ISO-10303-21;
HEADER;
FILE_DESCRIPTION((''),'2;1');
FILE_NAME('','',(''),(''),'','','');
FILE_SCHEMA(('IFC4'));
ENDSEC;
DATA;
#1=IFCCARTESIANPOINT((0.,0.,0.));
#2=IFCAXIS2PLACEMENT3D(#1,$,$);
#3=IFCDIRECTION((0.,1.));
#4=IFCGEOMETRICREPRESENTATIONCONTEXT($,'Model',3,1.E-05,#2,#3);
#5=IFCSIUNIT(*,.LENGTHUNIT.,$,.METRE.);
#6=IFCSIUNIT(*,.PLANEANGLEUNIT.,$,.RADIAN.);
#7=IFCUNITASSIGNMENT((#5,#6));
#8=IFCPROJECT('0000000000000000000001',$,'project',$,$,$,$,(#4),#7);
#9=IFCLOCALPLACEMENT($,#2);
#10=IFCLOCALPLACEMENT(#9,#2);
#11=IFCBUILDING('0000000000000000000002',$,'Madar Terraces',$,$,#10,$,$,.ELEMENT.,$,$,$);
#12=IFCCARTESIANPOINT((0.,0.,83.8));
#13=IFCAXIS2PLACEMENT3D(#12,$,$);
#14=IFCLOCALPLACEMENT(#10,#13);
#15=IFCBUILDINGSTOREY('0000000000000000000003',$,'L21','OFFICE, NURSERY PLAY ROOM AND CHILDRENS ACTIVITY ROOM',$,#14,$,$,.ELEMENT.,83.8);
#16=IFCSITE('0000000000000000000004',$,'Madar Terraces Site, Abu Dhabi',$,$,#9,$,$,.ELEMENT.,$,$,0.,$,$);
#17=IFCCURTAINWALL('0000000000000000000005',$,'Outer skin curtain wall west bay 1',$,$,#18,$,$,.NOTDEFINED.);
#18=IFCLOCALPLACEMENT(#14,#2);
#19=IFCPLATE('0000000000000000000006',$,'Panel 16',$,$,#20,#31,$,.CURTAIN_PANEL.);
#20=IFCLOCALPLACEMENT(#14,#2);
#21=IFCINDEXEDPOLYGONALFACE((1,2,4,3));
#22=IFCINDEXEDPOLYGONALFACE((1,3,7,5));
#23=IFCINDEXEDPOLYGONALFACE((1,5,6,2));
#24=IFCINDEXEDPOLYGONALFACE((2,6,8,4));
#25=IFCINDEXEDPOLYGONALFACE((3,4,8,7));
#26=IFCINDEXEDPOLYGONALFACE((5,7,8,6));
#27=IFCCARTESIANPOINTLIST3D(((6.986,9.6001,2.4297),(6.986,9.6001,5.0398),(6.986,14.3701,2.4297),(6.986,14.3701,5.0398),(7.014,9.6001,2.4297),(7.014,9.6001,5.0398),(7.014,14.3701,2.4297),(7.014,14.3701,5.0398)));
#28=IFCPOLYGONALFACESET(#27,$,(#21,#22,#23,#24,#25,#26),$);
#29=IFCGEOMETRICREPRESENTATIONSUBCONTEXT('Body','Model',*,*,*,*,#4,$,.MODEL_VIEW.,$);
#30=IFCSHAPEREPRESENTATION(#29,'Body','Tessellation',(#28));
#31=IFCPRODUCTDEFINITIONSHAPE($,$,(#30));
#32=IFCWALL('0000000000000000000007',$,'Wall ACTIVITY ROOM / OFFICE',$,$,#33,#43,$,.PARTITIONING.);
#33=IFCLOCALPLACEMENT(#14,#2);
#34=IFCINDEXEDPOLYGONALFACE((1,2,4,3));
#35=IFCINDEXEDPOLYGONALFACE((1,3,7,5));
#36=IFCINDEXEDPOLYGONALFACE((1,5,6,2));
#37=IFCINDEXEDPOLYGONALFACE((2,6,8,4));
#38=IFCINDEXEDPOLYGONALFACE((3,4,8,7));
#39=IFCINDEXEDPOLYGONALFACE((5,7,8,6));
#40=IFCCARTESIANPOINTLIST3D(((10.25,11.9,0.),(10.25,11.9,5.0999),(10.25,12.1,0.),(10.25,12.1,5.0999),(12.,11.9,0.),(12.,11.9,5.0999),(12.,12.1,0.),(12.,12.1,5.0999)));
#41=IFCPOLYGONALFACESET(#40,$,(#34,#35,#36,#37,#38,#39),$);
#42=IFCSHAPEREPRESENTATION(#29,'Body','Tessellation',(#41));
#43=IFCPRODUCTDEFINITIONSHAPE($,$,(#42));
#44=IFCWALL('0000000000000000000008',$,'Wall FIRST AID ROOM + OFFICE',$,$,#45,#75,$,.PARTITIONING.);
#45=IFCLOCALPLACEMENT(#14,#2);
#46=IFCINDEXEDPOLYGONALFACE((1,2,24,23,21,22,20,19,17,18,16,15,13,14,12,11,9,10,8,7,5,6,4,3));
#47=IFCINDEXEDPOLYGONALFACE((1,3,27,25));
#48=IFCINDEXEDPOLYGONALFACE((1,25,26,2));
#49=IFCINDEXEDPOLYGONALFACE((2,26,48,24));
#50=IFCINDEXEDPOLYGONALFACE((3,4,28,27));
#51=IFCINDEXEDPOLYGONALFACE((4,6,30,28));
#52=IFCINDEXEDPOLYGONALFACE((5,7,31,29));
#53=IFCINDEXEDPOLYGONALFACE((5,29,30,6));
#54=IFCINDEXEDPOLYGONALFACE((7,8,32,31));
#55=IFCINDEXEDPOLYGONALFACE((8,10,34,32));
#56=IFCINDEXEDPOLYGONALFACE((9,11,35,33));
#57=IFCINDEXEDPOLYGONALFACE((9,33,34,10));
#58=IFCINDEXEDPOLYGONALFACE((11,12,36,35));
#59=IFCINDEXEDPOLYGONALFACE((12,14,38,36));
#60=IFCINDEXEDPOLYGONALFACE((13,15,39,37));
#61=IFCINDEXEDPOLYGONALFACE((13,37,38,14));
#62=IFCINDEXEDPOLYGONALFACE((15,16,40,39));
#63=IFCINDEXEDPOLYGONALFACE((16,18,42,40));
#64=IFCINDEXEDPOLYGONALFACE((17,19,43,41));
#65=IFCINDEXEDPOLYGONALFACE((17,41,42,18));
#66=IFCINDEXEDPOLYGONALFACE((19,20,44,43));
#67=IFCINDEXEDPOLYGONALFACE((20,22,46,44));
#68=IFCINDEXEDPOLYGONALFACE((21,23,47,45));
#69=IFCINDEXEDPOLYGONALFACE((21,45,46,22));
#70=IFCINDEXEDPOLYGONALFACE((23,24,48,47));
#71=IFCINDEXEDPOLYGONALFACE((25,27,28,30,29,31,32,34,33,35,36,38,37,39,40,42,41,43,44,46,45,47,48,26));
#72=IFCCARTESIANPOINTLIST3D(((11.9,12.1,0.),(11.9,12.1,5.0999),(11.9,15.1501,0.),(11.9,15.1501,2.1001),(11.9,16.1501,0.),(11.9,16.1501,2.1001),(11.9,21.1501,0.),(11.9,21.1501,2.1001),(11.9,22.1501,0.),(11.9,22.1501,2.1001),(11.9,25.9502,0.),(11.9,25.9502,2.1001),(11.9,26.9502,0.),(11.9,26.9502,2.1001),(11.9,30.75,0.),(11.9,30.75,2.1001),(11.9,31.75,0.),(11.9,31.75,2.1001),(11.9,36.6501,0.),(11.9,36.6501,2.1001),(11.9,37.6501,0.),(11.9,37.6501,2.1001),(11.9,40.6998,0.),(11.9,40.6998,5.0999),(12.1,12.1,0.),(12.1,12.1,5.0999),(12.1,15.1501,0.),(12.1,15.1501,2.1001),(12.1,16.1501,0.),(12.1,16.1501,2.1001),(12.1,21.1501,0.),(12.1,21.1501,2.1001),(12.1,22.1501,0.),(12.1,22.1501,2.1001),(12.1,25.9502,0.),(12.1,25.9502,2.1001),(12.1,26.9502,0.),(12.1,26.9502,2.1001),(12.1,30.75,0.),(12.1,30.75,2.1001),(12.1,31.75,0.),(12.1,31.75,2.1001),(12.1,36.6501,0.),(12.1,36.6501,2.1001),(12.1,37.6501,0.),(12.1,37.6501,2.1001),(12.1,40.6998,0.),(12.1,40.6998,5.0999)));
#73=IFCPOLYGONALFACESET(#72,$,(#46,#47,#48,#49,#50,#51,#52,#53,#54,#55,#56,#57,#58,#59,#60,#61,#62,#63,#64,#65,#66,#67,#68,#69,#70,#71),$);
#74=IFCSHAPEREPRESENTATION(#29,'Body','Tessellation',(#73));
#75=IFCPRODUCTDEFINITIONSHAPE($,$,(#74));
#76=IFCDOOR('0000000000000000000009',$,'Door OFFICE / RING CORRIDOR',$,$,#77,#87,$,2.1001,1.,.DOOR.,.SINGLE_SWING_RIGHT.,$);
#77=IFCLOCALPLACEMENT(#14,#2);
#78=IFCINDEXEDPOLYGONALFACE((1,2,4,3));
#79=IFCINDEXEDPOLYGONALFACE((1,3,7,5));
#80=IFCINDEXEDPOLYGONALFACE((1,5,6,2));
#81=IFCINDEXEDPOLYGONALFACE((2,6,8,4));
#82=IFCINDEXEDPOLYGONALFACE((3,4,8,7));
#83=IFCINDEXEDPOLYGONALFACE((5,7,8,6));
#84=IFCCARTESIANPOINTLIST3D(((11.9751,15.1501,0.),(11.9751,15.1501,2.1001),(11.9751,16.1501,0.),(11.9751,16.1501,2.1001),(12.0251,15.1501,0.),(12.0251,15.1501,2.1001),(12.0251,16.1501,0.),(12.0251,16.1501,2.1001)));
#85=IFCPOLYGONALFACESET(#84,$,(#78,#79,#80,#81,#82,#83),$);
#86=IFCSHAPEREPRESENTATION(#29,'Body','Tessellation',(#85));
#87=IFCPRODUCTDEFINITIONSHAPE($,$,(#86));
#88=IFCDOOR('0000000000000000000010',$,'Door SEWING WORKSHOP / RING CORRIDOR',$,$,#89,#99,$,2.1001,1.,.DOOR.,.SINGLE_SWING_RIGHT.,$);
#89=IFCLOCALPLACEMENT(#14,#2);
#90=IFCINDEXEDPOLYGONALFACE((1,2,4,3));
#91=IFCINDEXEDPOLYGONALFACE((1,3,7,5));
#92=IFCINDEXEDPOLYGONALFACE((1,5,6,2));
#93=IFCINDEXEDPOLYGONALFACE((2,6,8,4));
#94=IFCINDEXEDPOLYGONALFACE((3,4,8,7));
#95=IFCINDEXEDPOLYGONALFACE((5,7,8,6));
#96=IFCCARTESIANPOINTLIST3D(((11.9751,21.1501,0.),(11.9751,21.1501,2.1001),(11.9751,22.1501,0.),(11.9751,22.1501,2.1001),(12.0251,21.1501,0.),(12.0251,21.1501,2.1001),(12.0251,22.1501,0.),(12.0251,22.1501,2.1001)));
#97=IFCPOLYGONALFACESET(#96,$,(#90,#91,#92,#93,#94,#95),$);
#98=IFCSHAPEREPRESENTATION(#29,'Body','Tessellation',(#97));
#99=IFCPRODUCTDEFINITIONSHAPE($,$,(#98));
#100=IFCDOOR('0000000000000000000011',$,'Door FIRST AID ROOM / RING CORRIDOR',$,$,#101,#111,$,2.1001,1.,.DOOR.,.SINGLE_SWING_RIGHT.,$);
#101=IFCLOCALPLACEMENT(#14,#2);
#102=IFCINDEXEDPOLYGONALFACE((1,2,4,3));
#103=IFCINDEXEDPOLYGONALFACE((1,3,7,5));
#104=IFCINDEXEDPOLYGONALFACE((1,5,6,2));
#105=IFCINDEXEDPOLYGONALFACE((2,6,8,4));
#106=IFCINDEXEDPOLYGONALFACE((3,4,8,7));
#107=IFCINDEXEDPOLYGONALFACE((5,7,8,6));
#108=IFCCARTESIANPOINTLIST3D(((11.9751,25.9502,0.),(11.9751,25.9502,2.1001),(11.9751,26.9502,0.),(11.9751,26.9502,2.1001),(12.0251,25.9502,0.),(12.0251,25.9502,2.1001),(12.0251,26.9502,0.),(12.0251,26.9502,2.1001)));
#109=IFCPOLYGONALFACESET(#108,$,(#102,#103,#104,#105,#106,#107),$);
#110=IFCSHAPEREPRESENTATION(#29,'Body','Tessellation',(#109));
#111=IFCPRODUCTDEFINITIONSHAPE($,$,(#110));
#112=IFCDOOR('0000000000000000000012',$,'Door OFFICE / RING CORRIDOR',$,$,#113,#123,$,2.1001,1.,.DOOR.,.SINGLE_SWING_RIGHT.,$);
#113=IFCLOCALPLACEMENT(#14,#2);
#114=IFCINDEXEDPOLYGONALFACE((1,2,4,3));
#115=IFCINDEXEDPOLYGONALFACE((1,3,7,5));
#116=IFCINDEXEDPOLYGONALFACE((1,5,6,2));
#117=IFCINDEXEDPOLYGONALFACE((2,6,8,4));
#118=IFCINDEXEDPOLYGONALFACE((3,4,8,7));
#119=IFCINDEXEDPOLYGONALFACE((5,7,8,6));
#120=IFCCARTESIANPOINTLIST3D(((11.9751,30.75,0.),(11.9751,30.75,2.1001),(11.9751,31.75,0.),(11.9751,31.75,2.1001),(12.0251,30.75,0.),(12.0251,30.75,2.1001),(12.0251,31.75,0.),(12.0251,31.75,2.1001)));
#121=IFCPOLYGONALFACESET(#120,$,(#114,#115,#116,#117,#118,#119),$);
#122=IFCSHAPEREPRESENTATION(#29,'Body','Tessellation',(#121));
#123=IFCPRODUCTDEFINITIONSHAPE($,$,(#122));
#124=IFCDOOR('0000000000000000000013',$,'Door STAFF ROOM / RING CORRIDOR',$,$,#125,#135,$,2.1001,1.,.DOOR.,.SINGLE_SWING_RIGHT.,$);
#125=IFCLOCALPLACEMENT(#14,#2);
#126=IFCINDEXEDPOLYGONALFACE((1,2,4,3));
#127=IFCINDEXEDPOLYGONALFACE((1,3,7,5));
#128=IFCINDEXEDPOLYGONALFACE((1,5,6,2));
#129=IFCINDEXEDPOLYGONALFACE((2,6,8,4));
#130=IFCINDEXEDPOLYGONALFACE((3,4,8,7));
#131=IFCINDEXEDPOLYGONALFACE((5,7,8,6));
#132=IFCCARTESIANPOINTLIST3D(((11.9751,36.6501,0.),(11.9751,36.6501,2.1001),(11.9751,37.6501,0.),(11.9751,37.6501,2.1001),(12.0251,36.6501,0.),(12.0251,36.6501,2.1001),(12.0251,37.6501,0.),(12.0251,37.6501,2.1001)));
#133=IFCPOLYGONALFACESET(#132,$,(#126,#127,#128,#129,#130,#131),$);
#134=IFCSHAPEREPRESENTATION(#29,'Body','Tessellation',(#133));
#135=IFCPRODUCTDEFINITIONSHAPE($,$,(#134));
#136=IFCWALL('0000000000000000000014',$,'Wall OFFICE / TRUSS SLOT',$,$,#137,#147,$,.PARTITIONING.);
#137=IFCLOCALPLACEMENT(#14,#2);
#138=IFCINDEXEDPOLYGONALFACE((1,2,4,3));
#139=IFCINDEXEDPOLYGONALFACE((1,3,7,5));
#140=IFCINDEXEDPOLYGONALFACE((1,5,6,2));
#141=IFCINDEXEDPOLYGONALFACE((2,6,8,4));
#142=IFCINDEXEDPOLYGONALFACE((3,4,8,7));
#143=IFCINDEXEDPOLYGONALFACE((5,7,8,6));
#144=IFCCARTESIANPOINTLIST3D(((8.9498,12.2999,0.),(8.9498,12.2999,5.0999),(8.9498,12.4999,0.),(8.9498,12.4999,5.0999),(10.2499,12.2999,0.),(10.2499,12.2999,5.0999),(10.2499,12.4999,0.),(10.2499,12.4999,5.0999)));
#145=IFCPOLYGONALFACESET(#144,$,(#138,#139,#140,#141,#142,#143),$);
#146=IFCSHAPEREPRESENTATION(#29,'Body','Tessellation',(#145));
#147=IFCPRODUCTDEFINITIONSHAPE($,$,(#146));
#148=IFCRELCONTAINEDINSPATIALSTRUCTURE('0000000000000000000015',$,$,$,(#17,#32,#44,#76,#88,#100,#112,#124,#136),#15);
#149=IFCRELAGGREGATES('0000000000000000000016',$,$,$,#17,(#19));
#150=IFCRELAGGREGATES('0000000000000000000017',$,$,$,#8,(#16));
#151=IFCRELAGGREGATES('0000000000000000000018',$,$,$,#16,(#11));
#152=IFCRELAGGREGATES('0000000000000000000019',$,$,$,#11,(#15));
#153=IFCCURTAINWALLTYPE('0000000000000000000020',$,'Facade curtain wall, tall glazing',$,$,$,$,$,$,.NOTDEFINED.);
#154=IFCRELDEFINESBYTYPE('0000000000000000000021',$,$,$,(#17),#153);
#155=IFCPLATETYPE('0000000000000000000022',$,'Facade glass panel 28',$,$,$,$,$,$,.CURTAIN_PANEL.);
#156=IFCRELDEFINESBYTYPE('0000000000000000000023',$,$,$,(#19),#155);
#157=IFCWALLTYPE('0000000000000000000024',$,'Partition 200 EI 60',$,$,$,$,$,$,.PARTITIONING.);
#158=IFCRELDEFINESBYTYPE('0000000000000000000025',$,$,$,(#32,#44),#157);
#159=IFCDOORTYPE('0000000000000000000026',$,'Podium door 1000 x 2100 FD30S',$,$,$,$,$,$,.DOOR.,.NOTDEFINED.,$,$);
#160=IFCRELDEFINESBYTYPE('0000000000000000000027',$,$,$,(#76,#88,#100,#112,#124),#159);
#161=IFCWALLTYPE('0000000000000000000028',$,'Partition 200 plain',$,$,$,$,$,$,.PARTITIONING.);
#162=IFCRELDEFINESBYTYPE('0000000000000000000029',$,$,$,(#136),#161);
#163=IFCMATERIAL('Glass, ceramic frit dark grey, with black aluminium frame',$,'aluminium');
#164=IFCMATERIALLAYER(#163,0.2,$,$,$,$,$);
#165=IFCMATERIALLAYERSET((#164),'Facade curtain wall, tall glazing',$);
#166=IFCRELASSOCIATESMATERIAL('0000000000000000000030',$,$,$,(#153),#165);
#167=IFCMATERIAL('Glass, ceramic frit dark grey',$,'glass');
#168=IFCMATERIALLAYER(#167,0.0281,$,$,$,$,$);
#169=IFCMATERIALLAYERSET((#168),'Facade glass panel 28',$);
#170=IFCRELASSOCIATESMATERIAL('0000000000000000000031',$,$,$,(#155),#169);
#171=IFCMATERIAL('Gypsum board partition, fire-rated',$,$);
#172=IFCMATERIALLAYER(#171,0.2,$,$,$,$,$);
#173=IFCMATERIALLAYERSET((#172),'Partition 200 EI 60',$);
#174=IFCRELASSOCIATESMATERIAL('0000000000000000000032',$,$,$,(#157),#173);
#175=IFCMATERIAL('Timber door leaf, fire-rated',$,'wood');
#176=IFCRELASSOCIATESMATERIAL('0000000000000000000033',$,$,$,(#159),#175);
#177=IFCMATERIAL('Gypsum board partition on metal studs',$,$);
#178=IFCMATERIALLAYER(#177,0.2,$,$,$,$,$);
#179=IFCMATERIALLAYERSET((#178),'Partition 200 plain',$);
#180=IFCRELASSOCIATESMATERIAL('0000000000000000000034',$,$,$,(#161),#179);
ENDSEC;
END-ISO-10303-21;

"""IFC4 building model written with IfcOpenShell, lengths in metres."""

from ifc_helpers import new_model, si_unit, direction, frame, frame_2d, origin, origin_2d, place, context, subcontext, project, spatial, rectangle, extrude, material, layer, layer_set, type_object, element, fill, aggregate, save


model = new_model("IFC4")

# Units and contexts
model_context = context("Model", 3, precision=1e-05, world=origin(), true_north=direction((0.0, 1.0)))
body_context = subcontext(model_context, "Body", "Model", "MODEL_VIEW")
ifc_project = project(units=[si_unit("LENGTHUNIT", "METRE"), si_unit("PLANEANGLEUNIT", "RADIAN")], contexts=[model_context])

# Site, building, storey
site_placement = place(None, origin())
site = spatial("IfcSite", under=ifc_project, at=site_placement, Name="Madar Terraces Site, Abu Dhabi", CompositionType="ELEMENT", RefElevation=0.0)
building_placement = place(site_placement, origin())
building = spatial("IfcBuilding", under=site, at=building_placement, Name="Madar Terraces", CompositionType="ELEMENT")
storey_placement = place(building_placement, frame((0.0, 0.0, 83.8)))
storey = spatial("IfcBuildingStorey", under=building, at=storey_placement, Name="L21", Description="OFFICE, NURSERY PLAY ROOM AND CHILDRENS ACTIVITY ROOM", CompositionType="ELEMENT", Elevation=83.8)

# Curtain wall
ifc_material_1 = material(Name="Glass, ceramic frit dark grey, with black aluminium frame", Category="aluminium")
ifc_layer_1 = layer(ifc_material_1, 0.2)
ifc_layer_set_1 = layer_set([ifc_layer_1], Name="Facade curtain wall, tall glazing")
curtain_wall_type = type_object("IfcCurtainWallType", Name="Facade curtain wall, tall glazing", PredefinedType="NOTDEFINED", material=ifc_layer_set_1)
curtain_wall_1_placement = place(storey_placement, origin())
curtain_wall_1 = element("IfcCurtainWall", 1, at=curtain_wall_1_placement, inside=storey, type_object=curtain_wall_type, Name="Outer skin curtain wall west bay 1", PredefinedType="NOTDEFINED")

# Plate
ifc_material_2 = material(Name="Glass, ceramic frit dark grey", Category="glass")
ifc_layer_2 = layer(ifc_material_2, 0.0281)
ifc_layer_set_2 = layer_set([ifc_layer_2], Name="Facade glass panel 28")
plate_type = type_object("IfcPlateType", Name="Facade glass panel 28", PredefinedType="CURTAIN_PANEL", material=ifc_layer_set_2)
plate_1_placement = place(storey_placement, frame((7.0, 11.9851, 2.4297), z_axis=(0.0, 0.0, 1.0), x_axis=(0.0, -1.0, 0.0)))
plate_1 = element("IfcPlate", 2, at=plate_1_placement, type_object=plate_type, Name="Panel 16", PredefinedType="CURTAIN_PANEL", context=body_context, shape_type="SweptSolid", body=[
    extrude(rectangle(XDim=4.77, YDim=0.0281, at=origin_2d()), origin(), (0.0, 0.0, 1.0), 2.6101),
])
aggregate(curtain_wall_1, [plate_1])

# Wall
ifc_material_3 = material(Name="Gypsum board partition, fire-rated")
ifc_layer_3 = layer(ifc_material_3, 0.2)
ifc_layer_set_3 = layer_set([ifc_layer_3], Name="Partition 200 EI 60")
wall_type_1 = type_object("IfcWallType", Name="Partition 200 EI 60", PredefinedType="PARTITIONING", material=ifc_layer_set_3)
wall_1_placement = place(storey_placement, frame((10.25, 12.0, 0.0), z_axis=(0.0, 0.0, 1.0), x_axis=(1.0, 0.0, 0.0)))
element("IfcWall", 3, at=wall_1_placement, inside=storey, type_object=wall_type_1, Name="Wall ACTIVITY ROOM / OFFICE", PredefinedType="PARTITIONING", context=body_context, shape_type="SweptSolid", body=[
    extrude(rectangle(XDim=1.75, YDim=0.2, at=frame_2d((0.875, 0.0))), origin(), (0.0, 0.0, 1.0), 5.0999),
])

# Wall, openings, doors
wall_2_placement = place(storey_placement, frame((12.0, 12.1001, 0.0), z_axis=(0.0, 0.0, 1.0), x_axis=(0.0, 1.0, 0.0)))
wall_2 = element("IfcWall", 4, at=wall_2_placement, inside=storey, type_object=wall_type_1, Name="Wall FIRST AID ROOM + OFFICE", PredefinedType="PARTITIONING", context=body_context, shape_type="SweptSolid", body=[
    extrude(rectangle(XDim=28.5999, YDim=0.2, at=frame_2d((14.2998, 0.0))), origin(), (0.0, 0.0, 1.0), 5.0999),
])
opening_1_placement = place(wall_2_placement, frame((3.05, 0.0, 0.0)))
opening_1 = element("IfcOpeningElement", 5, at=opening_1_placement, cuts=wall_2, PredefinedType="OPENING", context=body_context, shape_type="SweptSolid", body=[
    extrude(rectangle(XDim=1.0, YDim=2.1001, at=frame_2d((0.5, 1.05))), frame((0.0, 0.1099, 0.0), z_axis=(0.0, -1.0, 0.0), x_axis=(1.0, 0.0, 0.0)), (0.0, 0.0, 1.0), 0.22),
])
opening_2_placement = place(wall_2_placement, frame((9.05, 0.0, 0.0)))
opening_2 = element("IfcOpeningElement", 6, at=opening_2_placement, cuts=wall_2, PredefinedType="OPENING", context=body_context, shape_type="SweptSolid", body=[
    extrude(rectangle(XDim=1.0, YDim=2.1001, at=frame_2d((0.5, 1.05))), frame((0.0, 0.1099, 0.0), z_axis=(0.0, -1.0, 0.0), x_axis=(1.0, 0.0, 0.0)), (0.0, 0.0, 1.0), 0.22),
])
opening_3_placement = place(wall_2_placement, frame((13.8501, 0.0, 0.0)))
opening_3 = element("IfcOpeningElement", 7, at=opening_3_placement, cuts=wall_2, PredefinedType="OPENING", context=body_context, shape_type="SweptSolid", body=[
    extrude(rectangle(XDim=1.0, YDim=2.1001, at=frame_2d((0.5, 1.05))), frame((0.0, 0.1099, 0.0), z_axis=(0.0, -1.0, 0.0), x_axis=(1.0, 0.0, 0.0)), (0.0, 0.0, 1.0), 0.22),
])
opening_4_placement = place(wall_2_placement, frame((18.6499, 0.0, 0.0)))
opening_4 = element("IfcOpeningElement", 8, at=opening_4_placement, cuts=wall_2, PredefinedType="OPENING", context=body_context, shape_type="SweptSolid", body=[
    extrude(rectangle(XDim=1.0, YDim=2.1001, at=frame_2d((0.5, 1.05))), frame((0.0, 0.1099, 0.0), z_axis=(0.0, -1.0, 0.0), x_axis=(1.0, 0.0, 0.0)), (0.0, 0.0, 1.0), 0.22),
])
opening_5_placement = place(wall_2_placement, frame((24.55, 0.0, 0.0)))
opening_5 = element("IfcOpeningElement", 9, at=opening_5_placement, cuts=wall_2, PredefinedType="OPENING", context=body_context, shape_type="SweptSolid", body=[
    extrude(rectangle(XDim=1.0, YDim=2.1001, at=frame_2d((0.5, 1.05))), frame((0.0, 0.1099, 0.0), z_axis=(0.0, -1.0, 0.0), x_axis=(1.0, 0.0, 0.0)), (0.0, 0.0, 1.0), 0.22),
])
ifc_material_4 = material(Name="Timber door leaf, fire-rated", Category="wood")
door_type = type_object("IfcDoorType", Name="Podium door 1000 x 2100 FD30S", OperationType="NOTDEFINED", PredefinedType="DOOR", material=ifc_material_4)
door_1_placement = place(opening_1_placement, origin())
door_1 = element("IfcDoor", 10, at=door_1_placement, inside=storey, type_object=door_type, Name="Door OFFICE / RING CORRIDOR", OperationType="SINGLE_SWING_RIGHT", OverallHeight=2.1001, OverallWidth=1.0, PredefinedType="DOOR", context=body_context, shape_type="SweptSolid", body=[
    extrude(rectangle(XDim=1.0, YDim=2.1001, at=frame_2d((0.5, 1.05))), frame((0.0, 0.0249, 0.0), z_axis=(0.0, -1.0, 0.0), x_axis=(1.0, 0.0, 0.0)), (0.0, 0.0, 1.0), 0.05),
])
fill(opening_1, door_1)
door_2_placement = place(opening_2_placement, origin())
door_2 = element("IfcDoor", 11, at=door_2_placement, inside=storey, type_object=door_type, Name="Door SEWING WORKSHOP / RING CORRIDOR", OperationType="SINGLE_SWING_RIGHT", OverallHeight=2.1001, OverallWidth=1.0, PredefinedType="DOOR", context=body_context, shape_type="SweptSolid", body=[
    extrude(rectangle(XDim=1.0, YDim=2.1001, at=frame_2d((0.5, 1.05))), frame((0.0, 0.0249, 0.0), z_axis=(0.0, -1.0, 0.0), x_axis=(1.0, 0.0, 0.0)), (0.0, 0.0, 1.0), 0.05),
])
fill(opening_2, door_2)
door_3_placement = place(opening_3_placement, origin())
door_3 = element("IfcDoor", 12, at=door_3_placement, inside=storey, type_object=door_type, Name="Door FIRST AID ROOM / RING CORRIDOR", OperationType="SINGLE_SWING_RIGHT", OverallHeight=2.1001, OverallWidth=1.0, PredefinedType="DOOR", context=body_context, shape_type="SweptSolid", body=[
    extrude(rectangle(XDim=1.0, YDim=2.1001, at=frame_2d((0.5, 1.05))), frame((0.0, 0.0249, 0.0), z_axis=(0.0, -1.0, 0.0), x_axis=(1.0, 0.0, 0.0)), (0.0, 0.0, 1.0), 0.05),
])
fill(opening_3, door_3)
door_4_placement = place(opening_4_placement, origin())
door_4 = element("IfcDoor", 13, at=door_4_placement, inside=storey, type_object=door_type, Name="Door OFFICE / RING CORRIDOR", OperationType="SINGLE_SWING_RIGHT", OverallHeight=2.1001, OverallWidth=1.0, PredefinedType="DOOR", context=body_context, shape_type="SweptSolid", body=[
    extrude(rectangle(XDim=1.0, YDim=2.1001, at=frame_2d((0.5, 1.05))), frame((0.0, 0.0249, 0.0), z_axis=(0.0, -1.0, 0.0), x_axis=(1.0, 0.0, 0.0)), (0.0, 0.0, 1.0), 0.05),
])
fill(opening_4, door_4)
door_5_placement = place(opening_5_placement, origin())
door_5 = element("IfcDoor", 14, at=door_5_placement, inside=storey, type_object=door_type, Name="Door STAFF ROOM / RING CORRIDOR", OperationType="SINGLE_SWING_RIGHT", OverallHeight=2.1001, OverallWidth=1.0, PredefinedType="DOOR", context=body_context, shape_type="SweptSolid", body=[
    extrude(rectangle(XDim=1.0, YDim=2.1001, at=frame_2d((0.5, 1.05))), frame((0.0, 0.0249, 0.0), z_axis=(0.0, -1.0, 0.0), x_axis=(1.0, 0.0, 0.0)), (0.0, 0.0, 1.0), 0.05),
])
fill(opening_5, door_5)

# Wall
ifc_material_5 = material(Name="Gypsum board partition on metal studs")
ifc_layer_4 = layer(ifc_material_5, 0.2)
ifc_layer_set_4 = layer_set([ifc_layer_4], Name="Partition 200 plain")
wall_type_2 = type_object("IfcWallType", Name="Partition 200 plain", PredefinedType="PARTITIONING", material=ifc_layer_set_4)
wall_3_placement = place(storey_placement, frame((8.95, 12.3999, 0.0), z_axis=(0.0, 0.0, 1.0), x_axis=(1.0, 0.0, 0.0)))
element("IfcWall", 15, at=wall_3_placement, inside=storey, type_object=wall_type_2, Name="Wall OFFICE / TRUSS SLOT", PredefinedType="PARTITIONING", context=body_context, shape_type="SweptSolid", body=[
    extrude(rectangle(XDim=1.3, YDim=0.2, at=frame_2d((0.6499, 0.0))), origin(), (0.0, 0.0, 1.0), 5.0999),
])

save(model, "model.ifc")
